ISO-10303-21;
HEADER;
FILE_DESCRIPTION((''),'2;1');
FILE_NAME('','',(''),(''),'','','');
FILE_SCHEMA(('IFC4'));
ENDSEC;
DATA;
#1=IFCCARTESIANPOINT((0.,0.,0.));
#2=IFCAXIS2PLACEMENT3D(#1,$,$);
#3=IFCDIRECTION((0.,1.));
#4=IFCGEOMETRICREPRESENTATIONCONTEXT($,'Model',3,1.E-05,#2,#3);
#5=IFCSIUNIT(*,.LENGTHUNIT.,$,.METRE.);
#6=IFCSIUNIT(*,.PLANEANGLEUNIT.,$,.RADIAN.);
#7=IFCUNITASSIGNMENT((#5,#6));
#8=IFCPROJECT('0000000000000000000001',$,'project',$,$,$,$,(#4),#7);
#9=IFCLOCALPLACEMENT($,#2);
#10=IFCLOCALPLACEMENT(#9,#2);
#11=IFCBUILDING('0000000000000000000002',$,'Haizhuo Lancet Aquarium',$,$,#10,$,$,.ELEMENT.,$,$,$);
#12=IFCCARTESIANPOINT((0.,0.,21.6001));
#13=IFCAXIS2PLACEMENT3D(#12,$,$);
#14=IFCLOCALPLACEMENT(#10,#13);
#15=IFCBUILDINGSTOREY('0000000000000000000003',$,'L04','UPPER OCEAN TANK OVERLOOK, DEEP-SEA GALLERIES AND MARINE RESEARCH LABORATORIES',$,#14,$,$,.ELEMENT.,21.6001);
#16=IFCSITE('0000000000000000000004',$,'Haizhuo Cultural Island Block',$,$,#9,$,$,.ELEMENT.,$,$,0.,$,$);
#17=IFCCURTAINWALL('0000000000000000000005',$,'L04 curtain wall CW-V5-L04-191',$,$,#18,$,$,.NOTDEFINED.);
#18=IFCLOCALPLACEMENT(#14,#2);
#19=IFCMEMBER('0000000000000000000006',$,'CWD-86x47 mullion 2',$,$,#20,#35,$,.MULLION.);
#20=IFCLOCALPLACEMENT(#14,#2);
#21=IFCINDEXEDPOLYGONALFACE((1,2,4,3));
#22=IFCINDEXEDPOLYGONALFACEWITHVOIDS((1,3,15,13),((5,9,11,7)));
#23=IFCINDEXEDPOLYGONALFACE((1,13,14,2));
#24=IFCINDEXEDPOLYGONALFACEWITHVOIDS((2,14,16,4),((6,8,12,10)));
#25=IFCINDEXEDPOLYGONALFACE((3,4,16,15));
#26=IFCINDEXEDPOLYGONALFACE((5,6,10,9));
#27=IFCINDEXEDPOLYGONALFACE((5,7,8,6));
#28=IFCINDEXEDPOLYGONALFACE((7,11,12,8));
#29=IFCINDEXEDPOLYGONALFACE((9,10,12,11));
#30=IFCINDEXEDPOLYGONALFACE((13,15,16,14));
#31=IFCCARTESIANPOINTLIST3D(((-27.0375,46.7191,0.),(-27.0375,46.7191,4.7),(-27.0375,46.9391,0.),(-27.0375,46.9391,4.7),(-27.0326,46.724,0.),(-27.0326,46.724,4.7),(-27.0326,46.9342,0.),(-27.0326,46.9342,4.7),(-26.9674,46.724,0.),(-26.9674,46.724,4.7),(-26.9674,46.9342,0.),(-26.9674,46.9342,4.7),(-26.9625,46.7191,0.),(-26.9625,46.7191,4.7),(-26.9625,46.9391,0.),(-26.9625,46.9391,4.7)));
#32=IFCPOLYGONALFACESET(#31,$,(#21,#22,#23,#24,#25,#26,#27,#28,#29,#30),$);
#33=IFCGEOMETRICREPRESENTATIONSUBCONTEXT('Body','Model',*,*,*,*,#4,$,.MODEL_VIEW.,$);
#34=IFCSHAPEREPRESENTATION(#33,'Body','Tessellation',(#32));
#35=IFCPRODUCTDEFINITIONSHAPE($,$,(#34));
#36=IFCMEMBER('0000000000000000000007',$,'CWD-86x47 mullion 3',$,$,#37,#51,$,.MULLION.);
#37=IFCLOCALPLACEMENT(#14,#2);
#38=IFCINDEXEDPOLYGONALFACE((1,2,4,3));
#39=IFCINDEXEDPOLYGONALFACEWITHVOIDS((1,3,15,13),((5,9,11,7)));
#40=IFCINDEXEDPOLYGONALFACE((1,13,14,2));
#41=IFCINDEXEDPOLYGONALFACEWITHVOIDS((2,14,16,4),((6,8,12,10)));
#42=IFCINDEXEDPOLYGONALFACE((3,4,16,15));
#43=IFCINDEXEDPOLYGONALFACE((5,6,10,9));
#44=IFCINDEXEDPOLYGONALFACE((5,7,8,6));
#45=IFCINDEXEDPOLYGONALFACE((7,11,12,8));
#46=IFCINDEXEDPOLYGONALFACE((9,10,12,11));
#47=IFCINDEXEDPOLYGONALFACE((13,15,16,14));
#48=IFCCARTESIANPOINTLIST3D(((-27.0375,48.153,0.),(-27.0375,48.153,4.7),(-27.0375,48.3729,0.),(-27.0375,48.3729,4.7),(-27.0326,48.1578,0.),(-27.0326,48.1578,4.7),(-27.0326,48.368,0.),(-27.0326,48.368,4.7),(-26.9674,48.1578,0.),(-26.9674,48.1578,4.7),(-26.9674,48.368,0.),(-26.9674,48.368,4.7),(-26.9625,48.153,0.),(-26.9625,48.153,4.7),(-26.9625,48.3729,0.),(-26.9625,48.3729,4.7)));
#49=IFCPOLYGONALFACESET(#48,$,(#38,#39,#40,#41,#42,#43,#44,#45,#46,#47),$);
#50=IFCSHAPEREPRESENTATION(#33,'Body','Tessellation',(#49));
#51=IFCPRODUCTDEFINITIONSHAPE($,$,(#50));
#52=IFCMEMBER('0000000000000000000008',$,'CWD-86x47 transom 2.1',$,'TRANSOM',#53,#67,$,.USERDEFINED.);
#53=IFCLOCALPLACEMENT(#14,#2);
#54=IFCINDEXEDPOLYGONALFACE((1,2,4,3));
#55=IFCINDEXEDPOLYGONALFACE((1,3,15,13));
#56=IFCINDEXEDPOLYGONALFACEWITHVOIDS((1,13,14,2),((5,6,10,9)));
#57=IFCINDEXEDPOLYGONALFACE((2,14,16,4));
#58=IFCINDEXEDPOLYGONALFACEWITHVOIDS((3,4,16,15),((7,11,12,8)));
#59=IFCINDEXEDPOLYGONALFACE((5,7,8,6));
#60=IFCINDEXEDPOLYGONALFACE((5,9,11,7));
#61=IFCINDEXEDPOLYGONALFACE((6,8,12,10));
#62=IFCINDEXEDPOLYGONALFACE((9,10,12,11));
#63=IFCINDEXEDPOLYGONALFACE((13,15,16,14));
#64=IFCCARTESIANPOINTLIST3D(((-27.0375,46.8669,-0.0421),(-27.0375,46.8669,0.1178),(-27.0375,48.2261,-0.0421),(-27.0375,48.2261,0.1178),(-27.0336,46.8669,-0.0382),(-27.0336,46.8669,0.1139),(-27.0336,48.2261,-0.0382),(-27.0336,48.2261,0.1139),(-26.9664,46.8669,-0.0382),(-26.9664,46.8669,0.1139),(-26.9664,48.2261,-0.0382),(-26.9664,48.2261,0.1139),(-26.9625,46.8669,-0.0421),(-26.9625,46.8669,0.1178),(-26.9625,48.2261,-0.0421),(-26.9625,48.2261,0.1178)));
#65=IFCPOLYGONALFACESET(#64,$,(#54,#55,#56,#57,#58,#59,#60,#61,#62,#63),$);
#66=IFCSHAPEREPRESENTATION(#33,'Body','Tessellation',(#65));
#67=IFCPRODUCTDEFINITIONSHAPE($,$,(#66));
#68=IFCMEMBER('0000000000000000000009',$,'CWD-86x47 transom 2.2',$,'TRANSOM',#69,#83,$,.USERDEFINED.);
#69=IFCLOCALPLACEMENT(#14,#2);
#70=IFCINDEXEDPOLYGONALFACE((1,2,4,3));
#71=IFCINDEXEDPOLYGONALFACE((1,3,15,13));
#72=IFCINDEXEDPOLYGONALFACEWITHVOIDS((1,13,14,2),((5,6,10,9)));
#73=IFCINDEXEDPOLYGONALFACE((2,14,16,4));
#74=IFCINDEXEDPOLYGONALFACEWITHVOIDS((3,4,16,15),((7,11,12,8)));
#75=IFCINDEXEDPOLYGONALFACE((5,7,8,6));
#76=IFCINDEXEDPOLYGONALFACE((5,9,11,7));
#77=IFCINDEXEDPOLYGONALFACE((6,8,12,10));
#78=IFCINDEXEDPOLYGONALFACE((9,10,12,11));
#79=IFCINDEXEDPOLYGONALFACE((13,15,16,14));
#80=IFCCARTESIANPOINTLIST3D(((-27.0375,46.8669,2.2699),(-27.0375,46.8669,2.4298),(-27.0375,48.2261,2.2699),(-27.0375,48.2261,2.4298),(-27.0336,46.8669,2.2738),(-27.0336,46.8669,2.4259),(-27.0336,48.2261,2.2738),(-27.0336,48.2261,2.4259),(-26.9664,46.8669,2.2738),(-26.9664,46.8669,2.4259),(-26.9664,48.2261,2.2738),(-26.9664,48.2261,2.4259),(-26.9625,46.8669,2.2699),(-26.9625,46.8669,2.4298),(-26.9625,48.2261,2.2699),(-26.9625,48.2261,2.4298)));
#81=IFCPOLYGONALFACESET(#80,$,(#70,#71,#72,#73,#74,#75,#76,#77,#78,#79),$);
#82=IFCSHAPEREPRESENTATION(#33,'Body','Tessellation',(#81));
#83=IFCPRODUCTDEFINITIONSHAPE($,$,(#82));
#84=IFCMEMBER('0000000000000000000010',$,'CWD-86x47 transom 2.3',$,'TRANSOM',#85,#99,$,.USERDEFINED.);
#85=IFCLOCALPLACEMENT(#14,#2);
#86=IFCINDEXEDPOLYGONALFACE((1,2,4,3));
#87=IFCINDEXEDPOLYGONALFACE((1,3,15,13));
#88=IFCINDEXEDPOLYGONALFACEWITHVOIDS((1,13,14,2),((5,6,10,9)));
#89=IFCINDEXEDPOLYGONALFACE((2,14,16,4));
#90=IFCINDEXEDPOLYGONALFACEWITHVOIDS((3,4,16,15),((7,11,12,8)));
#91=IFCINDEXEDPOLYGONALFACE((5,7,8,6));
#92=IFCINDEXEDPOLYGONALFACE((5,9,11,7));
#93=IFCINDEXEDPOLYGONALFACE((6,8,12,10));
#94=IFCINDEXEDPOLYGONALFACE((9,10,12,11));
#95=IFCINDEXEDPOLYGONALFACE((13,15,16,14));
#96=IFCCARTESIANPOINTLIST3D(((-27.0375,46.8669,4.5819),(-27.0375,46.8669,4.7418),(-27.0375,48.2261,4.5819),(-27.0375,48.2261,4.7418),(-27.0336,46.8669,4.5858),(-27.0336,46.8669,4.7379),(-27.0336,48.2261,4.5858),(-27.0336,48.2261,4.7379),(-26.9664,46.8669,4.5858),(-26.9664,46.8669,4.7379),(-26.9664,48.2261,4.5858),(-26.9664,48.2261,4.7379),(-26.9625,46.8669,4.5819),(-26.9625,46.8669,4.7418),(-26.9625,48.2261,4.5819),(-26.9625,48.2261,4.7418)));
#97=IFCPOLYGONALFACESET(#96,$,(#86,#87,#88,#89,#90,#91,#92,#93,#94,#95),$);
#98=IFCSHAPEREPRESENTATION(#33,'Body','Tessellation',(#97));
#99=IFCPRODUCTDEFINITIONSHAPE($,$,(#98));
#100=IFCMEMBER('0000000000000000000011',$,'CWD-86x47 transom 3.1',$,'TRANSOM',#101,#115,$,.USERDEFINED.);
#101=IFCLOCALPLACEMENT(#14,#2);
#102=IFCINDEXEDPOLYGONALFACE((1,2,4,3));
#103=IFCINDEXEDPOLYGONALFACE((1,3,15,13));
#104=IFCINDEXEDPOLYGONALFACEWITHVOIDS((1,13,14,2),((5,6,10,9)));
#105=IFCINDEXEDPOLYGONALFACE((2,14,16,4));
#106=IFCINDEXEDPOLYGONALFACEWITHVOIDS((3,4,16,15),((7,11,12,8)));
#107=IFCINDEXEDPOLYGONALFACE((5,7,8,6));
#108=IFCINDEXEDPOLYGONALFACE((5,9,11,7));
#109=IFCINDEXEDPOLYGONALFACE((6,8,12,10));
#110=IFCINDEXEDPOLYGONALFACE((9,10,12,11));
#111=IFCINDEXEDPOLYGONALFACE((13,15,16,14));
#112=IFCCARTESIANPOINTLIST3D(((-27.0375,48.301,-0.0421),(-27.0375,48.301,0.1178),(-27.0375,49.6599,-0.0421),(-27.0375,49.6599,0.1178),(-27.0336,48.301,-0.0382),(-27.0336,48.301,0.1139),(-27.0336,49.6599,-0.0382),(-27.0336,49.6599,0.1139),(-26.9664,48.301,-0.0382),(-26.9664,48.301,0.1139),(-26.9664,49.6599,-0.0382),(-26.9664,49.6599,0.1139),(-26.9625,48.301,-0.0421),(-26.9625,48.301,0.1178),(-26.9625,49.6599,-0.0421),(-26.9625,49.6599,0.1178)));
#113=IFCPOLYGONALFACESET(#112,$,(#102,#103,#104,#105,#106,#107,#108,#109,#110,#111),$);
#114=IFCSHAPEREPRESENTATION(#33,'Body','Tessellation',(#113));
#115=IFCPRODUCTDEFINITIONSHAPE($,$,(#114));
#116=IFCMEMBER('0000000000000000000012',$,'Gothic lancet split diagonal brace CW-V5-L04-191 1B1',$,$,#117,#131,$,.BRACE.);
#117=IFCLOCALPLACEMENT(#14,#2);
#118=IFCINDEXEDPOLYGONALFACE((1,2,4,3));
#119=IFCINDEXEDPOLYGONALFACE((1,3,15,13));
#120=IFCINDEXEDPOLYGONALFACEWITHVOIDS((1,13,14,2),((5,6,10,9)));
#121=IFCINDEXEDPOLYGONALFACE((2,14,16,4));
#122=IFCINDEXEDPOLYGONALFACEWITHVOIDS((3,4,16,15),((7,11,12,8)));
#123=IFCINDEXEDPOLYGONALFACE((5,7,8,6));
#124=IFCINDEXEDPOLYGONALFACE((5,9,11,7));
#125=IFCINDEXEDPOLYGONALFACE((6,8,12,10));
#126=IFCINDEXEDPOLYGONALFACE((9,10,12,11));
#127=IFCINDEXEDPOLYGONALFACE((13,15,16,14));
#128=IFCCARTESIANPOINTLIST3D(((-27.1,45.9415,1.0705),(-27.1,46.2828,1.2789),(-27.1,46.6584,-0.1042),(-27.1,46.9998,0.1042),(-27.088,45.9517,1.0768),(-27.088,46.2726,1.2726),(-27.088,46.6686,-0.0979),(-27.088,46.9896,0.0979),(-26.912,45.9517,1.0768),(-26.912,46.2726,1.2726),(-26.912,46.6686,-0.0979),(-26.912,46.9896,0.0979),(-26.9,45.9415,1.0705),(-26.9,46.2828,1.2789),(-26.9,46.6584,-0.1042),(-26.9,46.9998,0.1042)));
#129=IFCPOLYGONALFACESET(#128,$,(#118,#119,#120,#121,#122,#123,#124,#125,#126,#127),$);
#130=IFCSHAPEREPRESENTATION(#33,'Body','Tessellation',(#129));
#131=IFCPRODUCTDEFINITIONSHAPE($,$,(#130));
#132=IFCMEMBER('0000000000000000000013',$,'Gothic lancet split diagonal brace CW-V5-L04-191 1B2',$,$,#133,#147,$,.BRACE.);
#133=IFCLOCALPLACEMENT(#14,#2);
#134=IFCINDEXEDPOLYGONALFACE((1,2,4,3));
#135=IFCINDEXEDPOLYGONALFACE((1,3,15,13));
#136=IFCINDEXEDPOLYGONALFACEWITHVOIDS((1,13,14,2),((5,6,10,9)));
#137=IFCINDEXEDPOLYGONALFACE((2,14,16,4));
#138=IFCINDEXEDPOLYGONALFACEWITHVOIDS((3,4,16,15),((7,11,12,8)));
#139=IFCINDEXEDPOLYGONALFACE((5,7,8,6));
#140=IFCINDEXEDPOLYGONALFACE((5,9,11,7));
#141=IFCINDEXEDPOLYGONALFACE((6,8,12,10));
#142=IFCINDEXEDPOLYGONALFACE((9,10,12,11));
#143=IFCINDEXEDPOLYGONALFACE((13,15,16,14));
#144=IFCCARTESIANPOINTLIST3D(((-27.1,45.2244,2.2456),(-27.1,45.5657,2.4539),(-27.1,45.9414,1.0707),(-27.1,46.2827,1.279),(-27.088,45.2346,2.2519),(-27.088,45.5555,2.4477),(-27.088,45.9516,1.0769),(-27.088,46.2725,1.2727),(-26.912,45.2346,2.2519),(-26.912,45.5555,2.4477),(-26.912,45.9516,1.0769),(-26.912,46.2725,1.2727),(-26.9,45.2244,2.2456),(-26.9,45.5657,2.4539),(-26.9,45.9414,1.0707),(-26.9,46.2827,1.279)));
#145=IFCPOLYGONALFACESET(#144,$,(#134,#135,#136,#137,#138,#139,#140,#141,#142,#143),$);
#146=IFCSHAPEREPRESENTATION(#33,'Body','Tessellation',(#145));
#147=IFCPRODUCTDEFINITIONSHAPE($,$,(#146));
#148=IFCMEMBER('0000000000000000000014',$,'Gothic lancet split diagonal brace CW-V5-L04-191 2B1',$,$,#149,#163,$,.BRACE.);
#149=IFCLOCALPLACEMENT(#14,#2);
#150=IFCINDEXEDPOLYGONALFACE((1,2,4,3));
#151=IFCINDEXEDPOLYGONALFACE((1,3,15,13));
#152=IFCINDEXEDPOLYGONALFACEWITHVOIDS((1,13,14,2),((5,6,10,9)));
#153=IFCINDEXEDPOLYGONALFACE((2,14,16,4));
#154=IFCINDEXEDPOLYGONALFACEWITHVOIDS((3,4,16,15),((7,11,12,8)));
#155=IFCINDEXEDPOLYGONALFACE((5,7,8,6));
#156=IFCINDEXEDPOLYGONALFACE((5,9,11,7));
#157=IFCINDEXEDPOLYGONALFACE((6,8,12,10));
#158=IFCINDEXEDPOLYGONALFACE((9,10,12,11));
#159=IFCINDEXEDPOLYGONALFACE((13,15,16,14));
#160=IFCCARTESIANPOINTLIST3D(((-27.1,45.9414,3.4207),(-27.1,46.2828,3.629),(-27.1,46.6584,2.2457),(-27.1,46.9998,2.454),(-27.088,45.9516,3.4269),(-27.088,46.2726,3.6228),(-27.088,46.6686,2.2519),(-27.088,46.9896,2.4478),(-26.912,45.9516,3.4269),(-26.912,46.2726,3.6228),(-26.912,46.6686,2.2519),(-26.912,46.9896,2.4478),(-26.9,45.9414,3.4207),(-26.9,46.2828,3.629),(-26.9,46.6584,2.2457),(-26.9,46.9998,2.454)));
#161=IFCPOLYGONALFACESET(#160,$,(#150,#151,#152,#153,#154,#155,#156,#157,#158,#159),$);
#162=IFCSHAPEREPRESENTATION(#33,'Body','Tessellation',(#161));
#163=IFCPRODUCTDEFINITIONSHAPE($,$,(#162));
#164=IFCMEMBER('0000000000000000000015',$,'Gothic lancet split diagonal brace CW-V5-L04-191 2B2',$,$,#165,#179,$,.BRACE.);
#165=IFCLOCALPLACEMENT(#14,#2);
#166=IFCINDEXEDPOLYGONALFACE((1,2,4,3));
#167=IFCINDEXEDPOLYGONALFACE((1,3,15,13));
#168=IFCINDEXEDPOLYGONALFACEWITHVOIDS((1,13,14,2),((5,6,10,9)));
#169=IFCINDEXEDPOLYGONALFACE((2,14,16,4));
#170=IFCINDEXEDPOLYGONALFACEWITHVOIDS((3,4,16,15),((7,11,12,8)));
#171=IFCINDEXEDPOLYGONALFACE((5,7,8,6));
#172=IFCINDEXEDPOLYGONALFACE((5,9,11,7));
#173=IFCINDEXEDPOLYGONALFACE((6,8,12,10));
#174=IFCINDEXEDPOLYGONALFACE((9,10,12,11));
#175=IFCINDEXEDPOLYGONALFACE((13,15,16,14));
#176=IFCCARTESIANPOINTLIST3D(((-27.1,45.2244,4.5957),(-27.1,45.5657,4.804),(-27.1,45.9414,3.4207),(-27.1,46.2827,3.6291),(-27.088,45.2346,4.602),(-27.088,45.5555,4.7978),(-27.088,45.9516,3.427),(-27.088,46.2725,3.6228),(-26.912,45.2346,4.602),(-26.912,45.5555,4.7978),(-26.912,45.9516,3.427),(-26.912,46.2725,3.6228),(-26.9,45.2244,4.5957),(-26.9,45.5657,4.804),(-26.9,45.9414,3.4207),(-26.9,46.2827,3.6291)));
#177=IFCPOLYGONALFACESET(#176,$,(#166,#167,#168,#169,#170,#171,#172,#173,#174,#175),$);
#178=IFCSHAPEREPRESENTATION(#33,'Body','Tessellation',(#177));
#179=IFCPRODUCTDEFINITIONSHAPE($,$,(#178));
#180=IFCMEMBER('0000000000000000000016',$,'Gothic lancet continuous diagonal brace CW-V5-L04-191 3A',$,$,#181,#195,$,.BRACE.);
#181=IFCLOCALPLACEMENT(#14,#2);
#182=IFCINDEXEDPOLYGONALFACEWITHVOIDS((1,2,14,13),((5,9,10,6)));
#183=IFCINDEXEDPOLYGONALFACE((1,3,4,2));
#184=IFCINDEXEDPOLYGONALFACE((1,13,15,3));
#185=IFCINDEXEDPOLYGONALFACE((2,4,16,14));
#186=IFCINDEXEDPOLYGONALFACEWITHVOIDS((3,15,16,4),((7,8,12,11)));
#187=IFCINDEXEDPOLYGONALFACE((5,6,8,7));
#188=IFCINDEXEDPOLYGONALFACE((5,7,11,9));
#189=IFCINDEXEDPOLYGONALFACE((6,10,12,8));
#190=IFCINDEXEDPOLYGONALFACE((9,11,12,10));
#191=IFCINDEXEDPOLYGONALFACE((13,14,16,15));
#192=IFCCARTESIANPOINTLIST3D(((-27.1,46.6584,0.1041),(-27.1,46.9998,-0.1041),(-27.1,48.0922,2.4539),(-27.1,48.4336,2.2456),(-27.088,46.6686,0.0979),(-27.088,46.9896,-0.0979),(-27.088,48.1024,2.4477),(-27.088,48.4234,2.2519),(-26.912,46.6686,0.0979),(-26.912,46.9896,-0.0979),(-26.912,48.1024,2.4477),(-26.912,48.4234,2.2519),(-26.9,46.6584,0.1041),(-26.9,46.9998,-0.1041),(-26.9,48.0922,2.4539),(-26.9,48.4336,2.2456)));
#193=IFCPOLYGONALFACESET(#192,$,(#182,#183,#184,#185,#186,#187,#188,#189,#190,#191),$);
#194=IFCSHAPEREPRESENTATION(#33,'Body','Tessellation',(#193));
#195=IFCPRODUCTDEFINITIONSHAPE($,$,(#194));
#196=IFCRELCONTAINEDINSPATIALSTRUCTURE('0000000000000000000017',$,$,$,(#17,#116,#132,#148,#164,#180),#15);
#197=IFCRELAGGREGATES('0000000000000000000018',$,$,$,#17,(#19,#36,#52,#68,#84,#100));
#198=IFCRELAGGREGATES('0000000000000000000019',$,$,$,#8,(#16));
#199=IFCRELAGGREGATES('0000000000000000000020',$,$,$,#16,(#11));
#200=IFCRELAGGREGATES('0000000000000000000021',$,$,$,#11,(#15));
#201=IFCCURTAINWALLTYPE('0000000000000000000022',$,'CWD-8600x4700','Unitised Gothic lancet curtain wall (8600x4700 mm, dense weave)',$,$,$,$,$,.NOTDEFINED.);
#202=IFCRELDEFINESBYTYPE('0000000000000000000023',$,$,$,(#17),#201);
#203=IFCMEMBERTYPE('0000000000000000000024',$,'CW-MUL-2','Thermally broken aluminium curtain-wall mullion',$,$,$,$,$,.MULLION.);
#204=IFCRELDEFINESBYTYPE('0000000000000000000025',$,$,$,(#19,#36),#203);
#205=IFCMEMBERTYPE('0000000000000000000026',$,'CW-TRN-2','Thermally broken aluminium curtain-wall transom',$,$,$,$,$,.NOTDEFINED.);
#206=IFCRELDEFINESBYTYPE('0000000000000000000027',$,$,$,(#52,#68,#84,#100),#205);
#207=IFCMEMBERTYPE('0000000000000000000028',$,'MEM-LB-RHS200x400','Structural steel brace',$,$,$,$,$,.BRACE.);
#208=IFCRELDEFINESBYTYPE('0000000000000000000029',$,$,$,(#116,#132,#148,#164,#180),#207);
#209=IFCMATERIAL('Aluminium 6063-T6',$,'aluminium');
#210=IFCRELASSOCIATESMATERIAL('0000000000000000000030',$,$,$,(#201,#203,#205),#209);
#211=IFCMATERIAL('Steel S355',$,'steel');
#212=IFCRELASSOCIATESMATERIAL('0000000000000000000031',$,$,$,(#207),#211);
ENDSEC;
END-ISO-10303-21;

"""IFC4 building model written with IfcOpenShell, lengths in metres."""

from ifc_helpers import new_model, si_unit, direction, frame, origin, origin_2d, place, context, subcontext, project, spatial, hollow_rectangle, extrude, material, material_profile, profile_set, type_object, element, aggregate, save


model = new_model("IFC4")

# Units and contexts
model_context = context("Model", 3, precision=1e-05, world=origin(), true_north=direction((0.0, 1.0)))
body_context = subcontext(model_context, "Body", "Model", "MODEL_VIEW")
ifc_project = project(units=[si_unit("LENGTHUNIT", "METRE"), si_unit("PLANEANGLEUNIT", "RADIAN")], contexts=[model_context])

# Site, building, storey
site_placement = place(None, origin())
site = spatial("IfcSite", under=ifc_project, at=site_placement, Name="Haizhuo Cultural Island Block", CompositionType="ELEMENT", RefElevation=0.0)
building_placement = place(site_placement, origin())
building = spatial("IfcBuilding", under=site, at=building_placement, Name="Haizhuo Lancet Aquarium", CompositionType="ELEMENT")
storey_placement = place(building_placement, frame((0.0, 0.0, 21.6001)))
storey = spatial("IfcBuildingStorey", under=building, at=storey_placement, Name="L04", Description="UPPER OCEAN TANK OVERLOOK, DEEP-SEA GALLERIES AND MARINE RESEARCH LABORATORIES", CompositionType="ELEMENT", Elevation=21.6001)

# Curtain wall, members
ifc_material_1 = material(Name="Aluminium 6063-T6", Category="aluminium")
curtain_wall_type = type_object("IfcCurtainWallType", Name="CWD-8600x4700", Description="Unitised Gothic lancet curtain wall (8600x4700 mm, dense weave)", PredefinedType="NOTDEFINED", material=ifc_material_1)
curtain_wall_placement = place(storey_placement, origin())
curtain_wall = element("IfcCurtainWall", 1, at=curtain_wall_placement, inside=storey, type_object=curtain_wall_type, Name="L04 curtain wall CW-V5-L04-191", PredefinedType="NOTDEFINED")
ifc_material_profile_1 = material_profile(ifc_material_1, hollow_rectangle(XDim=0.075, YDim=0.22, WallThickness=0.0049, at=origin_2d()), Name="ALU-M 75x220x5")
ifc_profile_set_1 = profile_set([ifc_material_profile_1], Name="Aluminium 6063-T6")
member_type_1 = type_object("IfcMemberType", Name="CW-MUL-2", Description="Thermally broken aluminium curtain-wall mullion", PredefinedType="MULLION", material=ifc_profile_set_1)
member_1_placement = place(storey_placement, frame((-27.0, 46.8291, 0.0), z_axis=(0.0, 0.0, 1.0), x_axis=(-1.0, 0.0, 0.0)))
member_1 = element("IfcMember", 2, at=member_1_placement, type_object=member_type_1, Name="CWD-86x47 mullion 2", PredefinedType="MULLION", context=body_context, shape_type="SweptSolid", body=[
    extrude(hollow_rectangle(XDim=0.075, YDim=0.22, WallThickness=0.0049, at=origin_2d()), origin(), (0.0, 0.0, 1.0), 4.7),
])
member_2_placement = place(storey_placement, frame((-27.0, 48.2629, 0.0), z_axis=(0.0, 0.0, 1.0), x_axis=(-1.0, 0.0, 0.0)))
member_2 = element("IfcMember", 3, at=member_2_placement, type_object=member_type_1, Name="CWD-86x47 mullion 3", PredefinedType="MULLION", context=body_context, shape_type="SweptSolid", body=[
    extrude(hollow_rectangle(XDim=0.075, YDim=0.22, WallThickness=0.0049, at=origin_2d()), origin(), (0.0, 0.0, 1.0), 4.7),
])
ifc_material_profile_2 = material_profile(ifc_material_1, hollow_rectangle(XDim=0.075, YDim=0.1599, WallThickness=0.0039, at=origin_2d()), Name="ALU-T 75x160x4")
ifc_profile_set_2 = profile_set([ifc_material_profile_2], Name="Aluminium 6063-T6")
member_type_2 = type_object("IfcMemberType", Name="CW-TRN-2", Description="Thermally broken aluminium curtain-wall transom", PredefinedType="NOTDEFINED", material=ifc_profile_set_2)
member_3_placement = place(storey_placement, frame((-27.0, 46.8669, 0.0378), z_axis=(0.0, 1.0, 0.0), x_axis=(-1.0, 0.0, 0.0)))
member_3 = element("IfcMember", 4, at=member_3_placement, type_object=member_type_2, Name="CWD-86x47 transom 2.1", ObjectType="TRANSOM", PredefinedType="USERDEFINED", context=body_context, shape_type="SweptSolid", body=[
    extrude(hollow_rectangle(XDim=0.075, YDim=0.1599, WallThickness=0.0039, at=origin_2d()), origin(), (0.0, 0.0, 1.0), 1.3591),
])
member_4_placement = place(storey_placement, frame((-27.0, 46.8669, 2.3499), z_axis=(0.0, 1.0, 0.0), x_axis=(-1.0, 0.0, 0.0)))
member_4 = element("IfcMember", 5, at=member_4_placement, type_object=member_type_2, Name="CWD-86x47 transom 2.2", ObjectType="TRANSOM", PredefinedType="USERDEFINED", context=body_context, shape_type="SweptSolid", body=[
    extrude(hollow_rectangle(XDim=0.075, YDim=0.1599, WallThickness=0.0039, at=origin_2d()), origin(), (0.0, 0.0, 1.0), 1.3591),
])
member_5_placement = place(storey_placement, frame((-27.0, 46.8669, 4.6619), z_axis=(0.0, 1.0, 0.0), x_axis=(-1.0, 0.0, 0.0)))
member_5 = element("IfcMember", 6, at=member_5_placement, type_object=member_type_2, Name="CWD-86x47 transom 2.3", ObjectType="TRANSOM", PredefinedType="USERDEFINED", context=body_context, shape_type="SweptSolid", body=[
    extrude(hollow_rectangle(XDim=0.075, YDim=0.1599, WallThickness=0.0039, at=origin_2d()), origin(), (0.0, 0.0, 1.0), 1.3591),
])
member_6_placement = place(storey_placement, frame((-27.0, 48.301, 0.0378), z_axis=(0.0, 1.0, 0.0), x_axis=(-1.0, 0.0, 0.0)))
member_6 = element("IfcMember", 7, at=member_6_placement, type_object=member_type_2, Name="CWD-86x47 transom 3.1", ObjectType="TRANSOM", PredefinedType="USERDEFINED", context=body_context, shape_type="SweptSolid", body=[
    extrude(hollow_rectangle(XDim=0.075, YDim=0.1599, WallThickness=0.0039, at=origin_2d()), origin(), (0.0, 0.0, 1.0), 1.3589),
])

# Members
ifc_material_2 = material(Name="Steel S355", Category="steel")
ifc_material_profile_3 = material_profile(ifc_material_2, hollow_rectangle(XDim=0.2, YDim=0.3999, WallThickness=0.012, at=origin_2d()), Name="RHS 200x400x12")
ifc_profile_set_3 = profile_set([ifc_material_profile_3], Name="Steel S355")
member_type_3 = type_object("IfcMemberType", Name="MEM-LB-RHS200x400", Description="Structural steel brace", PredefinedType="BRACE", material=ifc_profile_set_3)
member_7_placement = place(storey_placement, frame((-27.0, 46.8291, 0.0), z_axis=(0.0, -0.520976, 0.853571), x_axis=(1.0, 0.0, 0.0)))
element("IfcMember", 8, at=member_7_placement, inside=storey, type_object=member_type_3, Name="Gothic lancet split diagonal brace CW-V5-L04-191 1B1", PredefinedType="BRACE", context=body_context, shape_type="SweptSolid", body=[
    extrude(hollow_rectangle(XDim=0.2, YDim=0.3999, WallThickness=0.012, at=origin_2d()), origin(), (0.0, 0.0, 1.0), 1.3762),
])
for number, where, z_axis, x_axis, name in (
    (9, (-27.0, 46.1121, 1.1748), (0.0, -0.520898, 0.853619), (1.0, 0.0, 0.0), "Gothic lancet split diagonal brace CW-V5-L04-191 1B2"),
    (10, (-27.0, 46.8291, 2.3499), (0.0, -0.520898, 0.853619), (1.0, 0.0, 0.0), "Gothic lancet split diagonal brace CW-V5-L04-191 2B1"),
    (11, (-27.0, 46.1121, 3.5249), (0.0, -0.520898, 0.853619), (1.0, 0.0, 0.0), "Gothic lancet split diagonal brace CW-V5-L04-191 2B2"),
):
    element("IfcMember", number, at=place(storey_placement, frame(where, z_axis=z_axis, x_axis=x_axis)), inside=storey, type_object=member_type_3, Name=name, PredefinedType="BRACE", context=body_context, shape_type="SweptSolid", body=[
        extrude(hollow_rectangle(XDim=0.2, YDim=0.3999, WallThickness=0.012, at=origin_2d()), origin(), (0.0, 0.0, 1.0), 1.3765),
    ])
member_8_placement = place(storey_placement, frame((-27.0, 46.8291, 0.0), z_axis=(0.0, 0.520872, 0.853635), x_axis=(-1.0, 0.0, 0.0)))
element("IfcMember", 12, at=member_8_placement, inside=storey, type_object=member_type_3, Name="Gothic lancet continuous diagonal brace CW-V5-L04-191 3A", PredefinedType="BRACE", context=body_context, shape_type="SweptSolid", body=[
    extrude(hollow_rectangle(XDim=0.2, YDim=0.3999, WallThickness=0.012, at=origin_2d()), origin(), (0.0, 0.0, 1.0), 2.7527),
])

aggregate(curtain_wall, [member_1, member_2, member_3, member_4, member_5, member_6])

save(model, "model.ifc")
